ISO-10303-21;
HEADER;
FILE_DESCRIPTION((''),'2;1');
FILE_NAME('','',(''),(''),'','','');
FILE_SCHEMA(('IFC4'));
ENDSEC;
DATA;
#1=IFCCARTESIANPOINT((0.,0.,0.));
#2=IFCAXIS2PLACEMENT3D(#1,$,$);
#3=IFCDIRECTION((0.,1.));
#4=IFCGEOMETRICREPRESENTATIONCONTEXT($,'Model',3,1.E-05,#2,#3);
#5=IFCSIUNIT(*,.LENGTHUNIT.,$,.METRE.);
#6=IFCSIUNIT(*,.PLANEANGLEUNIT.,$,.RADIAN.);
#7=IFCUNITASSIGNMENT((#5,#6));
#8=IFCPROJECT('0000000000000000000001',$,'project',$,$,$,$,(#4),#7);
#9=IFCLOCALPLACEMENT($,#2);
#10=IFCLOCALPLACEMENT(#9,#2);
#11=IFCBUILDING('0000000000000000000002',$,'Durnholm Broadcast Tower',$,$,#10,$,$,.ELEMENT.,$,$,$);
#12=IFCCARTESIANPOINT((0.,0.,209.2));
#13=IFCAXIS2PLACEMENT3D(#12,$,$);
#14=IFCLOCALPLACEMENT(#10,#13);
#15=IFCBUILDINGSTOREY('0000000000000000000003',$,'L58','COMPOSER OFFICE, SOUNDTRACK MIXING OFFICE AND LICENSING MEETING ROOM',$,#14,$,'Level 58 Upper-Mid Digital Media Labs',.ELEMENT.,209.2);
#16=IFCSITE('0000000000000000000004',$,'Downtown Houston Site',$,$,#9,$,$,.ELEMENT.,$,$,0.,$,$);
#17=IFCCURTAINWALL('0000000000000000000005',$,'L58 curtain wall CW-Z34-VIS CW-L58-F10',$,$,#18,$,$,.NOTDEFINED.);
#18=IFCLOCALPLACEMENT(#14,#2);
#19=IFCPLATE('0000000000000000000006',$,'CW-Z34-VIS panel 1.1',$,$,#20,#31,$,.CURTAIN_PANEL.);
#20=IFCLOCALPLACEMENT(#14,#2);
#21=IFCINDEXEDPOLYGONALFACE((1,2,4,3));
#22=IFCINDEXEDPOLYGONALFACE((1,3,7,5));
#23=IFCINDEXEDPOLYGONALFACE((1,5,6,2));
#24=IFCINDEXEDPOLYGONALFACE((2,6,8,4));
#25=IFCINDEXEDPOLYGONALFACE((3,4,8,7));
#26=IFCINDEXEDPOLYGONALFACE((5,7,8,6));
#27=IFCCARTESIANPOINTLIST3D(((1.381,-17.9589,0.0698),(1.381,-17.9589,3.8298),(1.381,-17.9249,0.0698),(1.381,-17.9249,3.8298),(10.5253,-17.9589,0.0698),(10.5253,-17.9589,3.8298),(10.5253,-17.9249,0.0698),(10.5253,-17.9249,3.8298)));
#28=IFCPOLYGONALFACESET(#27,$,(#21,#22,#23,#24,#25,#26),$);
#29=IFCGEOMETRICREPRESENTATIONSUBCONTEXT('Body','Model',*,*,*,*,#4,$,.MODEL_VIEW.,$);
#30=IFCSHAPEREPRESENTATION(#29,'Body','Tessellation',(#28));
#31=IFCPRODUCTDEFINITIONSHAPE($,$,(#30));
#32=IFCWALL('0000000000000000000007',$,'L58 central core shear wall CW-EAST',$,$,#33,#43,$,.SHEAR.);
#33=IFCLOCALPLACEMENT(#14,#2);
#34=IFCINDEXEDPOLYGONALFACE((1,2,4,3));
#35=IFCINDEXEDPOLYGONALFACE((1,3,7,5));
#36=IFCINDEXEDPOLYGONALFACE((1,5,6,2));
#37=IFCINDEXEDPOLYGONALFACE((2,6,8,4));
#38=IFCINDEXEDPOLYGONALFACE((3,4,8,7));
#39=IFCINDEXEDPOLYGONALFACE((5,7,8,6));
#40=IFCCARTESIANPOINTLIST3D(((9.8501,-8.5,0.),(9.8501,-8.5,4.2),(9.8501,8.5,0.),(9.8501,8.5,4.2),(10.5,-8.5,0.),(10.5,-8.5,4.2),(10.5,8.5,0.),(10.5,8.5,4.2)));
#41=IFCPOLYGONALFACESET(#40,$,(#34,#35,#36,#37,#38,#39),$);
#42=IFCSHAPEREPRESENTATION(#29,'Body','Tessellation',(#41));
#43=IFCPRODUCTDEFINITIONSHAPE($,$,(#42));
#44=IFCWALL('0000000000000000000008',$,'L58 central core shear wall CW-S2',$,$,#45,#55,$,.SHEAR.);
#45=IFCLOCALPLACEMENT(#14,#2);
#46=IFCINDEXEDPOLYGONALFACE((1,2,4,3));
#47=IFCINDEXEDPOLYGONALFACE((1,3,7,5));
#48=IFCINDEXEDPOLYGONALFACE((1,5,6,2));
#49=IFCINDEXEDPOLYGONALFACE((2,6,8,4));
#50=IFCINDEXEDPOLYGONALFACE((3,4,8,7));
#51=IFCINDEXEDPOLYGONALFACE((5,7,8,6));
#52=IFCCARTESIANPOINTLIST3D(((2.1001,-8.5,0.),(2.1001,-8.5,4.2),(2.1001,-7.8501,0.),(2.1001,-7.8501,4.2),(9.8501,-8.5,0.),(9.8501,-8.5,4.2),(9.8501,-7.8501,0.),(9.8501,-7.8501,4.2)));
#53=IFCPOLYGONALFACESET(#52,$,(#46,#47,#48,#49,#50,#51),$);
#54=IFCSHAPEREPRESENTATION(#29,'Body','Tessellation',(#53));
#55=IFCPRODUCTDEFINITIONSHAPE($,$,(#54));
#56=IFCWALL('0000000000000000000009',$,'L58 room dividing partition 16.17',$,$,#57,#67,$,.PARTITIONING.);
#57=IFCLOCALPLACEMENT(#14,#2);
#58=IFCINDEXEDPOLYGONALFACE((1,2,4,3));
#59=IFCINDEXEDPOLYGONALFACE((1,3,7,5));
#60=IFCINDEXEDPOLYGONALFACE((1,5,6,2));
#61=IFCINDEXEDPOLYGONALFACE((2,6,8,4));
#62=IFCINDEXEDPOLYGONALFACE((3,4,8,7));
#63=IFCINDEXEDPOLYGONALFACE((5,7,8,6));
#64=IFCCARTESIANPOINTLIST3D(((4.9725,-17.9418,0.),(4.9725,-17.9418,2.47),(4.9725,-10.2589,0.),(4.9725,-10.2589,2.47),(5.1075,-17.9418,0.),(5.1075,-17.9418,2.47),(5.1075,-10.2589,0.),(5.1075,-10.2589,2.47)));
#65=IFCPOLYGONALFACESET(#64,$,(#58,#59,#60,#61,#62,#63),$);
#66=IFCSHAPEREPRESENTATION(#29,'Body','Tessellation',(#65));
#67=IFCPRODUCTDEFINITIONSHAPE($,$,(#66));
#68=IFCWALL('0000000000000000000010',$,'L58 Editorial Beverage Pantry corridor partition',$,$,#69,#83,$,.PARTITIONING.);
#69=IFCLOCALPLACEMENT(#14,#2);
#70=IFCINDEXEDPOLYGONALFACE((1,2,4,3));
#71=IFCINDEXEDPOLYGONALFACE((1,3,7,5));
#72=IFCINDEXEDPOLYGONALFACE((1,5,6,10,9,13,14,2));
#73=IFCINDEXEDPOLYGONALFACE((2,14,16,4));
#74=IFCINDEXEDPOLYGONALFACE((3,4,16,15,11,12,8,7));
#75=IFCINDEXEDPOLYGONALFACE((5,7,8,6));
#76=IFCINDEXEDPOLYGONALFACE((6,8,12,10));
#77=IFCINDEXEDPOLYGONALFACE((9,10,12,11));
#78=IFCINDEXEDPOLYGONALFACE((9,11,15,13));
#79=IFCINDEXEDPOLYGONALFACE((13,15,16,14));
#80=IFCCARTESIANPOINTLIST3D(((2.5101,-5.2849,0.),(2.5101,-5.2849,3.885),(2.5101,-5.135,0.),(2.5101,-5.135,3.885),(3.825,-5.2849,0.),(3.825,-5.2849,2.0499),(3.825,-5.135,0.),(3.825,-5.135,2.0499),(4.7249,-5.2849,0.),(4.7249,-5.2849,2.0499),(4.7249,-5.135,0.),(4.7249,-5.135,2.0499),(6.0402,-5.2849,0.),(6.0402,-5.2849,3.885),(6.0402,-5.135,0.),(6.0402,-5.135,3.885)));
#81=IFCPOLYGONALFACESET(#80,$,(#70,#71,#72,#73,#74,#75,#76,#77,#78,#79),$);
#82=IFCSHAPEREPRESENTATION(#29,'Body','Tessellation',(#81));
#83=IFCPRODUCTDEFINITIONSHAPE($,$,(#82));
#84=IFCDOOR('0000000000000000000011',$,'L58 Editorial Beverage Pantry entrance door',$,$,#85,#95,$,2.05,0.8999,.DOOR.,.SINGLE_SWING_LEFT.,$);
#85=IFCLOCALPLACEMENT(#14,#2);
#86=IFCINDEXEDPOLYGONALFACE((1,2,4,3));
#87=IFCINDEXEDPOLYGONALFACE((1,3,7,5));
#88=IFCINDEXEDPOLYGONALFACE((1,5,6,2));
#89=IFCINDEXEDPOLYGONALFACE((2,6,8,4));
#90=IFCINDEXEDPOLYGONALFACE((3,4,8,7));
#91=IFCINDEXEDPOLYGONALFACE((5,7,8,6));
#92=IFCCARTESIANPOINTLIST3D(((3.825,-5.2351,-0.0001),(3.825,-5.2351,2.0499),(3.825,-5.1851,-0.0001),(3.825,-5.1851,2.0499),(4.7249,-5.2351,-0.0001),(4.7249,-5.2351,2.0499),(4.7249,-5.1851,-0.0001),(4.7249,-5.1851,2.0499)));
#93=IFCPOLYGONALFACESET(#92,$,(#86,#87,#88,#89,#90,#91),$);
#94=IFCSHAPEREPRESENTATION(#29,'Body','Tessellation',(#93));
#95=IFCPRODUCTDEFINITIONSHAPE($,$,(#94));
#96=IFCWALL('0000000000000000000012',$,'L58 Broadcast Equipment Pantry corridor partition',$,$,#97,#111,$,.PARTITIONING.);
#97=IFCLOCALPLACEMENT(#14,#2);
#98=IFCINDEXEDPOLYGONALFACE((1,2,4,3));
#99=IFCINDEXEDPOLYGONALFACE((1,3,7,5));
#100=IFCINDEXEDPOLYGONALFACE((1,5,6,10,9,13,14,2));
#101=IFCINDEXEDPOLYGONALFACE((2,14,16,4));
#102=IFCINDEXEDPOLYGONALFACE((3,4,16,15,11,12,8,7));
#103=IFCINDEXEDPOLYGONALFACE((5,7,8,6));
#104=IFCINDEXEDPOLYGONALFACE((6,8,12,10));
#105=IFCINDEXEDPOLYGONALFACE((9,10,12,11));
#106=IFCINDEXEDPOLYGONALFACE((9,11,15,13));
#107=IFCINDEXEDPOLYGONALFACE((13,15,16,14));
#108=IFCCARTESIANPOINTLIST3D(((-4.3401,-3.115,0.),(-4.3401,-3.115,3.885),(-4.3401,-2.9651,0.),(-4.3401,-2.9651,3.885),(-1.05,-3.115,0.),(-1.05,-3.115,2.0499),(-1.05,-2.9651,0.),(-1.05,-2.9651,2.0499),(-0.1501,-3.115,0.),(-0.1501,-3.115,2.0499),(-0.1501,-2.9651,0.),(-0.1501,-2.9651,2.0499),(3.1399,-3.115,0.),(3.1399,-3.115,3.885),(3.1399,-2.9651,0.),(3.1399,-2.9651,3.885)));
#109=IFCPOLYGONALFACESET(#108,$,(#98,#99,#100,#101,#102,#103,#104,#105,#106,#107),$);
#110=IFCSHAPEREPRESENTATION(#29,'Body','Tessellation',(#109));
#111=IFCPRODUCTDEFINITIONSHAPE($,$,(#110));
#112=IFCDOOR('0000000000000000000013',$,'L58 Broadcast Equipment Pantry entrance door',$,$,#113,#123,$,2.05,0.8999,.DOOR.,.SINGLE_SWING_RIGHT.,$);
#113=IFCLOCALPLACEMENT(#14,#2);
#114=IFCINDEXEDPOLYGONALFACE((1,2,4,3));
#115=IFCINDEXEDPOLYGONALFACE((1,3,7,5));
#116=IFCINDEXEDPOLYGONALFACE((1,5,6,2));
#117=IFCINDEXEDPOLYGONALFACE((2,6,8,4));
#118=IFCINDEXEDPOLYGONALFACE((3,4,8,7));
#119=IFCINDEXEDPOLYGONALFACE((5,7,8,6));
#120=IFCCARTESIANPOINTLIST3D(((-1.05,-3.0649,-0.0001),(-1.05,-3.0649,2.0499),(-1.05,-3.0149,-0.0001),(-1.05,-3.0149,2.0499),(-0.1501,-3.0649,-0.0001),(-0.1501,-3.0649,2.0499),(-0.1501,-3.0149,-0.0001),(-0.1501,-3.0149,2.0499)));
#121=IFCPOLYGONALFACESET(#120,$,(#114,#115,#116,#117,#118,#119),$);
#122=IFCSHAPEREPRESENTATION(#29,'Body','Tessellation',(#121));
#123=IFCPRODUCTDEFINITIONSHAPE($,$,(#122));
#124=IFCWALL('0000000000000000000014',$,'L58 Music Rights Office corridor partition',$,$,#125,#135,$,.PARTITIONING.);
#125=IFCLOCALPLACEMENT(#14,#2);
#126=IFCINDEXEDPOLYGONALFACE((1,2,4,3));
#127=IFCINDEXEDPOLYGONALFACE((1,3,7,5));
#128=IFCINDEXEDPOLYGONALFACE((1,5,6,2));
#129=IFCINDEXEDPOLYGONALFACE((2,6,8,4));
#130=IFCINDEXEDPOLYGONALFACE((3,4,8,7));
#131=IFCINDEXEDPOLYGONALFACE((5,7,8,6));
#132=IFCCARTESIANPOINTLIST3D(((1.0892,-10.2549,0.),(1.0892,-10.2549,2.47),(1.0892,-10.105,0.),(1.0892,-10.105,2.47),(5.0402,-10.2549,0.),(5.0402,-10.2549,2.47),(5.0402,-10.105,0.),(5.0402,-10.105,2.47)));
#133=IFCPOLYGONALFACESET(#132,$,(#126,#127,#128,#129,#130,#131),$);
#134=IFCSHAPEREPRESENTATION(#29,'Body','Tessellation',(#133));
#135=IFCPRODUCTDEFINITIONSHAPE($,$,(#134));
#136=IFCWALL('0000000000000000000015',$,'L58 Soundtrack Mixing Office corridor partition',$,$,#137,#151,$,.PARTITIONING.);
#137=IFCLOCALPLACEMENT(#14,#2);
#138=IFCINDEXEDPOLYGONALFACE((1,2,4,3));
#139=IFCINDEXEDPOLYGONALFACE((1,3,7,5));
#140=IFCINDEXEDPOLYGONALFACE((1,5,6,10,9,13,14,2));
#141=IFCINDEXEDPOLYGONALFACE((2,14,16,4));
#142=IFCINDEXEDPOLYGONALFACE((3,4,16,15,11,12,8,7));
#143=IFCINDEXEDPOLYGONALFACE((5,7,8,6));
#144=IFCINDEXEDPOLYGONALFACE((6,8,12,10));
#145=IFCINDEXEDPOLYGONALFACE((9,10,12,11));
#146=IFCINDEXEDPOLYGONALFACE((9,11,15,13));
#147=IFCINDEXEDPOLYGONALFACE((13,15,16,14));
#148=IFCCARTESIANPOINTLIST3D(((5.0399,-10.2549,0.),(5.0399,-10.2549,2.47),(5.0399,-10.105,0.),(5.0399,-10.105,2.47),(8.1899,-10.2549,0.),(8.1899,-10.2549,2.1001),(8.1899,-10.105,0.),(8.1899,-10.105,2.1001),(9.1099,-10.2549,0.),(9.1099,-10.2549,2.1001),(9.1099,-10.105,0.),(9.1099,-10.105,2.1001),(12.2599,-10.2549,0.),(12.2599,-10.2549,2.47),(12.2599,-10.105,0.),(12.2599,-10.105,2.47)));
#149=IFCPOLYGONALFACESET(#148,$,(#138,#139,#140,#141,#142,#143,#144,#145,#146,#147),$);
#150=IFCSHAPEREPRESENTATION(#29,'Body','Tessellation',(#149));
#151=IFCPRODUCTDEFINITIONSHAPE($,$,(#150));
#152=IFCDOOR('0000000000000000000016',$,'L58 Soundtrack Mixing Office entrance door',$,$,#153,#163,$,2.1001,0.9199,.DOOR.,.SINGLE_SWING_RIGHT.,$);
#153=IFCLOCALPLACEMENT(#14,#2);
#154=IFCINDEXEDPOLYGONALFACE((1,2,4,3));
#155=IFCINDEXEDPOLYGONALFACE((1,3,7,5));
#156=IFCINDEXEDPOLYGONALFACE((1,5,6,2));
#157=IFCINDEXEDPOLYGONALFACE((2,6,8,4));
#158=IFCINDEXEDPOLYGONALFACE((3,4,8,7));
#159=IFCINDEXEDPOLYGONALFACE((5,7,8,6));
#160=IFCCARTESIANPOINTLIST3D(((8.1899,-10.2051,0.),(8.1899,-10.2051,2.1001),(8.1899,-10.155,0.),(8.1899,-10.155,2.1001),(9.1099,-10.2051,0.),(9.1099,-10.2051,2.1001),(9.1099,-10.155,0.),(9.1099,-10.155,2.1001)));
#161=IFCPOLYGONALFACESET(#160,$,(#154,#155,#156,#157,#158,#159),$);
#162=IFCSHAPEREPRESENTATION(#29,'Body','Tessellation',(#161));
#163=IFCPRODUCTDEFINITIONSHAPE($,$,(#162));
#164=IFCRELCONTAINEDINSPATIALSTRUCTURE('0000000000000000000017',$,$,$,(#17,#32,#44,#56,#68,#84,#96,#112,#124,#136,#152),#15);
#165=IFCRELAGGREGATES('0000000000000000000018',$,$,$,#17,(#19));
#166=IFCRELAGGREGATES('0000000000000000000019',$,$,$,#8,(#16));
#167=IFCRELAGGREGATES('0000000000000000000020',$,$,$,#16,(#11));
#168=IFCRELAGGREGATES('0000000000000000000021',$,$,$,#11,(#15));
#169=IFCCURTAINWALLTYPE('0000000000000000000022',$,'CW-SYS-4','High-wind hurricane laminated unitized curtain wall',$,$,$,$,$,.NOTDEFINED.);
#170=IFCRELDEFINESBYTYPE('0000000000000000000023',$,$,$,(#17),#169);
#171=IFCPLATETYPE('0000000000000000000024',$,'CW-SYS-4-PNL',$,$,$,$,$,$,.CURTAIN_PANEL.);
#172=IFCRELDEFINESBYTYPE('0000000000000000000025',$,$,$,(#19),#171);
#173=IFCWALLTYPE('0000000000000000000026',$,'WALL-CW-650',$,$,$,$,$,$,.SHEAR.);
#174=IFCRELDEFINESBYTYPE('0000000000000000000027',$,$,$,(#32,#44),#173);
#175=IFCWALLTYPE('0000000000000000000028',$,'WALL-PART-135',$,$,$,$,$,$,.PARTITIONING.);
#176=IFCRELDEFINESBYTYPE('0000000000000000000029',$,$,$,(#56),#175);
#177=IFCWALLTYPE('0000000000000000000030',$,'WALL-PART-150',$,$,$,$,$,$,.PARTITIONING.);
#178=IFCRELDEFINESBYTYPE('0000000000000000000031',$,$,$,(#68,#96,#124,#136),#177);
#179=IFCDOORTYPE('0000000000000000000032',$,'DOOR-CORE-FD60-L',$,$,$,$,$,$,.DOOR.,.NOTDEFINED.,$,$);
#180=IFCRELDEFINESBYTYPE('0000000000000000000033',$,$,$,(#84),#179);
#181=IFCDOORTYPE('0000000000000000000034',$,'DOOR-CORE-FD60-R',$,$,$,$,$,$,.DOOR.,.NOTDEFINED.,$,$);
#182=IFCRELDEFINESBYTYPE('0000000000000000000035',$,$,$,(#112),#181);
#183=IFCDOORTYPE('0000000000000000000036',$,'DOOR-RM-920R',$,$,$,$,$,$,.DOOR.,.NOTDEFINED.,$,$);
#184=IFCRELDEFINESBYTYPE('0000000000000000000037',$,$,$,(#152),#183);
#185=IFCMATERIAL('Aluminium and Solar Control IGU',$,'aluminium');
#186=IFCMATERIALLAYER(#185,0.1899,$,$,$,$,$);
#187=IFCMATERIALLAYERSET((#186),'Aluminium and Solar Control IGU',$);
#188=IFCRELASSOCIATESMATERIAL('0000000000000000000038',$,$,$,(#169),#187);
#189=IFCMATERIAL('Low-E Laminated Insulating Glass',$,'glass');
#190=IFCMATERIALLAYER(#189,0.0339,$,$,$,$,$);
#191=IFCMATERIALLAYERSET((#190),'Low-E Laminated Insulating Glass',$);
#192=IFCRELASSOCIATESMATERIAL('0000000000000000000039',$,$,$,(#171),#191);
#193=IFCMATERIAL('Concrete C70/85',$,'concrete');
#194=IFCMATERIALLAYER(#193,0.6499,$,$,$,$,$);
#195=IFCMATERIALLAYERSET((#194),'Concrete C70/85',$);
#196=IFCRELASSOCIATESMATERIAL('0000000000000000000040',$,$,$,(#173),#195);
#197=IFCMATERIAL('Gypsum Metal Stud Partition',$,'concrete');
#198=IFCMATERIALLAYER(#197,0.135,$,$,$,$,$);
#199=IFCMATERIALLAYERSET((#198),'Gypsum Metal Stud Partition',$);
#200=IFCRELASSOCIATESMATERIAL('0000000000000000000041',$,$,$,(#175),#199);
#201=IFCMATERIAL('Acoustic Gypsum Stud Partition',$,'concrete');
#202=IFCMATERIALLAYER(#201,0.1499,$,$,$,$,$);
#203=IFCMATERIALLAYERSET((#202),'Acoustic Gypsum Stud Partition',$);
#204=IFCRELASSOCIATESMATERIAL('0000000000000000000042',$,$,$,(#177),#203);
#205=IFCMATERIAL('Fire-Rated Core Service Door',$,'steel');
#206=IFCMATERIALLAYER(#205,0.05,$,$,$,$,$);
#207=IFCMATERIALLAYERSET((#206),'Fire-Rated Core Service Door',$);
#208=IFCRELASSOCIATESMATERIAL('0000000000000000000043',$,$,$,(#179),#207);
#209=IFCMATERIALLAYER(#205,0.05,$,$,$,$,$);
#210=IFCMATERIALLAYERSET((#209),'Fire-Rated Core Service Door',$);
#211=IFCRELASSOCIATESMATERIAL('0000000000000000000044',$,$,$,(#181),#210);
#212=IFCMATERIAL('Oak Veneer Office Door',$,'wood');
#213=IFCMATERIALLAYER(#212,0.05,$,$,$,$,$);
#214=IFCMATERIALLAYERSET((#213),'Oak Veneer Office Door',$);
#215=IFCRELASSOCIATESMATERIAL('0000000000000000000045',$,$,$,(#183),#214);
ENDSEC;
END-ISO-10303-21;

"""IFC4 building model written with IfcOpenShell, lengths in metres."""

from ifc_helpers import new_model, si_unit, direction, frame, frame_2d, origin, origin_2d, place, context, subcontext, project, spatial, rectangle, extrude, source, transform, mapped, material, layer, layer_set, type_object, type_shapes, element, fill, aggregate, save


model = new_model("IFC4")

# Units and contexts
model_context = context("Model", 3, precision=1e-05, world=origin(), true_north=direction((0.0, 1.0)))
body_context = subcontext(model_context, "Body", "Model", "MODEL_VIEW")
ifc_project = project(units=[si_unit("LENGTHUNIT", "METRE"), si_unit("PLANEANGLEUNIT", "RADIAN")], contexts=[model_context])

# Site, building, storey
site_placement = place(None, origin())
site = spatial("IfcSite", under=ifc_project, at=site_placement, Name="Downtown Houston Site", CompositionType="ELEMENT", RefElevation=0.0)
building_placement = place(site_placement, origin())
building = spatial("IfcBuilding", under=site, at=building_placement, Name="Durnholm Broadcast Tower", CompositionType="ELEMENT")
storey_placement = place(building_placement, frame((0.0, 0.0, 209.2)))
storey = spatial("IfcBuildingStorey", under=building, at=storey_placement, Name="L58", Description="COMPOSER OFFICE, SOUNDTRACK MIXING OFFICE AND LICENSING MEETING ROOM", LongName="Level 58 Upper-Mid Digital Media Labs", CompositionType="ELEMENT", Elevation=209.2)

# Shared definitions
ifc_material_1 = material(Name="Concrete C70/85", Category="concrete")

# Curtain wall, plate
ifc_material_2 = material(Name="Aluminium and Solar Control IGU", Category="aluminium")
ifc_layer_1 = layer(ifc_material_2, 0.1899)
ifc_layer_set_1 = layer_set([ifc_layer_1], Name="Aluminium and Solar Control IGU")
curtain_wall_type = type_object("IfcCurtainWallType", Name="CW-SYS-4", Description="High-wind hurricane laminated unitized curtain wall", PredefinedType="NOTDEFINED", material=ifc_layer_set_1)
curtain_wall_placement = place(storey_placement, origin())
curtain_wall = element("IfcCurtainWall", 1, at=curtain_wall_placement, inside=storey, type_object=curtain_wall_type, Name="L58 curtain wall CW-Z34-VIS CW-L58-F10", PredefinedType="NOTDEFINED")
ifc_material_3 = material(Name="Low-E Laminated Insulating Glass", Category="glass")
ifc_layer_2 = layer(ifc_material_3, 0.0339)
ifc_layer_set_2 = layer_set([ifc_layer_2], Name="Low-E Laminated Insulating Glass")
plate_type = type_object("IfcPlateType", Name="CW-SYS-4-PNL", PredefinedType="CURTAIN_PANEL", material=ifc_layer_set_2)
shared_shape_1 = source(origin(), body_context, "Body", "SweptSolid", [
    extrude(rectangle(XDim=9.1443, YDim=0.0339, at=origin_2d()), origin(), (0.0, 0.0, 1.0), 3.76),
])
type_shapes(plate_type, [shared_shape_1])
plate_placement = place(storey_placement, frame((5.9531, -17.9419, 0.0698), z_axis=(0.0, 0.0, 1.0), x_axis=(-1.0, 0.0, 0.0)))
plate = element("IfcPlate", 2, at=plate_placement, type_object=plate_type, Name="CW-Z34-VIS panel 1.1", PredefinedType="CURTAIN_PANEL", context=body_context, shape_type="MappedRepresentation", body=[
    mapped(shared_shape_1, transform((0.0, 0.0, 0.0), x_axis=(1.0, 0.0, 0.0), y_axis=(0.0, 1.0, 0.0), z_axis=(0.0, 0.0, 1.0), scale=1.0)),
])
aggregate(curtain_wall, [plate])

# Walls
ifc_layer_3 = layer(ifc_material_1, 0.6499)
ifc_layer_set_3 = layer_set([ifc_layer_3], Name="Concrete C70/85")
wall_type_1 = type_object("IfcWallType", Name="WALL-CW-650", PredefinedType="SHEAR", material=ifc_layer_set_3)
wall_1_placement = place(storey_placement, frame((10.175, -8.5, 0.0), z_axis=(0.0, 0.0, 1.0), x_axis=(0.0, 1.0, 0.0)))
element("IfcWall", 3, at=wall_1_placement, inside=storey, type_object=wall_type_1, Name="L58 central core shear wall CW-EAST", PredefinedType="SHEAR", context=body_context, shape_type="SweptSolid", body=[
    extrude(rectangle(XDim=17.0, YDim=0.6499, at=frame_2d((8.5, 0.0))), origin(), (0.0, 0.0, 1.0), 4.2),
])
wall_2_placement = place(storey_placement, frame((2.1001, -8.175, 0.0), z_axis=(0.0, 0.0, 1.0), x_axis=(1.0, 0.0, 0.0)))
element("IfcWall", 4, at=wall_2_placement, inside=storey, type_object=wall_type_1, Name="L58 central core shear wall CW-S2", PredefinedType="SHEAR", context=body_context, shape_type="SweptSolid", body=[
    extrude(rectangle(XDim=7.75, YDim=0.6499, at=frame_2d((3.875, 0.0))), origin(), (0.0, 0.0, 1.0), 4.2),
])
ifc_material_4 = material(Name="Gypsum Metal Stud Partition", Category="concrete")
ifc_layer_4 = layer(ifc_material_4, 0.135)
ifc_layer_set_4 = layer_set([ifc_layer_4], Name="Gypsum Metal Stud Partition")
wall_type_2 = type_object("IfcWallType", Name="WALL-PART-135", PredefinedType="PARTITIONING", material=ifc_layer_set_4)
wall_3_placement = place(storey_placement, frame((5.04, -10.259, 0.0), z_axis=(0.0, 0.0, 1.0), x_axis=(0.0, -1.0, 0.0)))
element("IfcWall", 5, at=wall_3_placement, inside=storey, type_object=wall_type_2, Name="L58 room dividing partition 16.17", PredefinedType="PARTITIONING", context=body_context, shape_type="SweptSolid", body=[
    extrude(rectangle(XDim=7.6829, YDim=0.135, at=frame_2d((3.8413, 0.0))), origin(), (0.0, 0.0, 1.0), 2.47),
])

# Walls, openings, doors
ifc_material_5 = material(Name="Acoustic Gypsum Stud Partition", Category="concrete")
ifc_layer_5 = layer(ifc_material_5, 0.1499)
ifc_layer_set_5 = layer_set([ifc_layer_5], Name="Acoustic Gypsum Stud Partition")
wall_type_3 = type_object("IfcWallType", Name="WALL-PART-150", PredefinedType="PARTITIONING", material=ifc_layer_set_5)
wall_4_placement = place(storey_placement, frame((2.51, -5.21, 0.0), z_axis=(0.0, 0.0, 1.0), x_axis=(1.0, 0.0, 0.0)))
wall_4 = element("IfcWall", 6, at=wall_4_placement, inside=storey, type_object=wall_type_3, Name="L58 Editorial Beverage Pantry corridor partition", PredefinedType="PARTITIONING", context=body_context, shape_type="SweptSolid", body=[
    extrude(rectangle(XDim=3.53, YDim=0.1499, at=frame_2d((1.7651, 0.0))), origin(), (0.0, 0.0, 1.0), 3.885),
])
opening_1_placement = place(wall_4_placement, frame((1.3149, 0.0, 0.0)))
opening_1 = element("IfcOpeningElement", 7, at=opening_1_placement, cuts=wall_4, PredefinedType="OPENING", context=body_context, shape_type="SweptSolid", body=[
    extrude(rectangle(XDim=0.8999, YDim=2.05, at=frame_2d((0.45, 1.0249))), frame((0.0, 0.085, 0.0), z_axis=(0.0, -1.0, 0.0), x_axis=(1.0, 0.0, 0.0)), (0.0, 0.0, 1.0), 0.1699),
])
ifc_material_6 = material(Name="Fire-Rated Core Service Door", Category="steel")
ifc_layer_6 = layer(ifc_material_6, 0.05)
ifc_layer_set_6 = layer_set([ifc_layer_6], Name="Fire-Rated Core Service Door")
door_type_1 = type_object("IfcDoorType", Name="DOOR-CORE-FD60-L", OperationType="NOTDEFINED", PredefinedType="DOOR", material=ifc_layer_set_6)
shared_shape_2 = source(origin(), body_context, "Body", "SweptSolid", [
    extrude(rectangle(XDim=0.8999, YDim=2.05, at=frame_2d((0.45, 1.0249))), frame((0.0, 0.0249, 0.0), z_axis=(0.0, -1.0, 0.0), x_axis=(1.0, 0.0, 0.0)), (0.0, 0.0, 1.0), 0.05),
])
type_shapes(door_type_1, [shared_shape_2])
door_1_placement = place(opening_1_placement, origin())
door_1 = element("IfcDoor", 8, at=door_1_placement, inside=storey, type_object=door_type_1, Name="L58 Editorial Beverage Pantry entrance door", OperationType="SINGLE_SWING_LEFT", OverallHeight=2.05, OverallWidth=0.8999, PredefinedType="DOOR", context=body_context, shape_type="MappedRepresentation", body=[
    mapped(shared_shape_2, transform((0.0, 0.0, 0.0), x_axis=(1.0, 0.0, 0.0), y_axis=(0.0, 1.0, 0.0), z_axis=(0.0, 0.0, 1.0), scale=1.0)),
])
fill(opening_1, door_1)
wall_5_placement = place(storey_placement, frame((3.1399, -3.04, 0.0), z_axis=(0.0, 0.0, 1.0), x_axis=(-1.0, 0.0, 0.0)))
wall_5 = element("IfcWall", 9, at=wall_5_placement, inside=storey, type_object=wall_type_3, Name="L58 Broadcast Equipment Pantry corridor partition", PredefinedType="PARTITIONING", context=body_context, shape_type="SweptSolid", body=[
    extrude(rectangle(XDim=7.48, YDim=0.1499, at=frame_2d((3.74, 0.0))), origin(), (0.0, 0.0, 1.0), 3.885),
])
opening_2_placement = place(wall_5_placement, frame((3.29, 0.0, 0.0)))
opening_2 = element("IfcOpeningElement", 10, at=opening_2_placement, cuts=wall_5, PredefinedType="OPENING", context=body_context, shape_type="SweptSolid", body=[
    extrude(rectangle(XDim=0.8999, YDim=2.05, at=frame_2d((0.45, 1.0249))), frame((0.0, 0.085, 0.0), z_axis=(0.0, -1.0, 0.0), x_axis=(1.0, 0.0, 0.0)), (0.0, 0.0, 1.0), 0.1699),
])
ifc_layer_7 = layer(ifc_material_6, 0.05)
ifc_layer_set_7 = layer_set([ifc_layer_7], Name="Fire-Rated Core Service Door")
door_type_2 = type_object("IfcDoorType", Name="DOOR-CORE-FD60-R", OperationType="NOTDEFINED", PredefinedType="DOOR", material=ifc_layer_set_7)
shared_shape_3 = source(origin(), body_context, "Body", "SweptSolid", [
    extrude(rectangle(XDim=0.8999, YDim=2.05, at=frame_2d((0.45, 1.0249))), frame((0.0, 0.0249, 0.0), z_axis=(0.0, -1.0, 0.0), x_axis=(1.0, 0.0, 0.0)), (0.0, 0.0, 1.0), 0.05),
])
type_shapes(door_type_2, [shared_shape_3])
door_2_placement = place(opening_2_placement, origin())
door_2 = element("IfcDoor", 11, at=door_2_placement, inside=storey, type_object=door_type_2, Name="L58 Broadcast Equipment Pantry entrance door", OperationType="SINGLE_SWING_RIGHT", OverallHeight=2.05, OverallWidth=0.8999, PredefinedType="DOOR", context=body_context, shape_type="MappedRepresentation", body=[
    mapped(shared_shape_3, transform((0.0, 0.0, 0.0), x_axis=(1.0, 0.0, 0.0), y_axis=(0.0, 1.0, 0.0), z_axis=(0.0, 0.0, 1.0), scale=1.0)),
])
fill(opening_2, door_2)

# Wall
wall_6_placement = place(storey_placement, frame((1.0891, -10.1799, 0.0), z_axis=(0.0, 0.0, 1.0), x_axis=(1.0, 0.0, 0.0)))
element("IfcWall", 12, at=wall_6_placement, inside=storey, type_object=wall_type_3, Name="L58 Music Rights Office corridor partition", PredefinedType="PARTITIONING", context=body_context, shape_type="SweptSolid", body=[
    extrude(rectangle(XDim=3.9509, YDim=0.1499, at=frame_2d((1.9756, 0.0))), origin(), (0.0, 0.0, 1.0), 2.47),
])

# Wall, opening, door
wall_7_placement = place(storey_placement, frame((5.04, -10.1799, 0.0), z_axis=(0.0, 0.0, 1.0), x_axis=(1.0, 0.0, 0.0)))
wall_7 = element("IfcWall", 13, at=wall_7_placement, inside=storey, type_object=wall_type_3, Name="L58 Soundtrack Mixing Office corridor partition", PredefinedType="PARTITIONING", context=body_context, shape_type="SweptSolid", body=[
    extrude(rectangle(XDim=7.22, YDim=0.1499, at=frame_2d((3.6099, 0.0))), origin(), (0.0, 0.0, 1.0), 2.47),
])
opening_3_placement = place(wall_7_placement, frame((3.1499, 0.0, 0.0)))
opening_3 = element("IfcOpeningElement", 14, at=opening_3_placement, cuts=wall_7, PredefinedType="OPENING", context=body_context, shape_type="SweptSolid", body=[
    extrude(rectangle(XDim=0.9199, YDim=2.1001, at=frame_2d((0.46, 1.05))), frame((0.0, 0.085, 0.0), z_axis=(0.0, -1.0, 0.0), x_axis=(1.0, 0.0, 0.0)), (0.0, 0.0, 1.0), 0.1699),
])
ifc_material_7 = material(Name="Oak Veneer Office Door", Category="wood")
ifc_layer_8 = layer(ifc_material_7, 0.05)
ifc_layer_set_8 = layer_set([ifc_layer_8], Name="Oak Veneer Office Door")
door_type_3 = type_object("IfcDoorType", Name="DOOR-RM-920R", OperationType="NOTDEFINED", PredefinedType="DOOR", material=ifc_layer_set_8)
shared_shape_4 = source(origin(), body_context, "Body", "SweptSolid", [
    extrude(rectangle(XDim=0.9199, YDim=2.1001, at=frame_2d((0.46, 1.05))), frame((0.0, 0.0249, 0.0), z_axis=(0.0, -1.0, 0.0), x_axis=(1.0, 0.0, 0.0)), (0.0, 0.0, 1.0), 0.05),
])
type_shapes(door_type_3, [shared_shape_4])
door_3_placement = place(opening_3_placement, origin())
door_3 = element("IfcDoor", 15, at=door_3_placement, inside=storey, type_object=door_type_3, Name="L58 Soundtrack Mixing Office entrance door", OperationType="SINGLE_SWING_RIGHT", OverallHeight=2.1001, OverallWidth=0.9199, PredefinedType="DOOR", context=body_context, shape_type="MappedRepresentation", body=[
    mapped(shared_shape_4, transform((0.0, 0.0, 0.0), x_axis=(1.0, 0.0, 0.0), y_axis=(0.0, 1.0, 0.0), z_axis=(0.0, 0.0, 1.0), scale=1.0)),
])
fill(opening_3, door_3)

save(model, "model.ifc")
